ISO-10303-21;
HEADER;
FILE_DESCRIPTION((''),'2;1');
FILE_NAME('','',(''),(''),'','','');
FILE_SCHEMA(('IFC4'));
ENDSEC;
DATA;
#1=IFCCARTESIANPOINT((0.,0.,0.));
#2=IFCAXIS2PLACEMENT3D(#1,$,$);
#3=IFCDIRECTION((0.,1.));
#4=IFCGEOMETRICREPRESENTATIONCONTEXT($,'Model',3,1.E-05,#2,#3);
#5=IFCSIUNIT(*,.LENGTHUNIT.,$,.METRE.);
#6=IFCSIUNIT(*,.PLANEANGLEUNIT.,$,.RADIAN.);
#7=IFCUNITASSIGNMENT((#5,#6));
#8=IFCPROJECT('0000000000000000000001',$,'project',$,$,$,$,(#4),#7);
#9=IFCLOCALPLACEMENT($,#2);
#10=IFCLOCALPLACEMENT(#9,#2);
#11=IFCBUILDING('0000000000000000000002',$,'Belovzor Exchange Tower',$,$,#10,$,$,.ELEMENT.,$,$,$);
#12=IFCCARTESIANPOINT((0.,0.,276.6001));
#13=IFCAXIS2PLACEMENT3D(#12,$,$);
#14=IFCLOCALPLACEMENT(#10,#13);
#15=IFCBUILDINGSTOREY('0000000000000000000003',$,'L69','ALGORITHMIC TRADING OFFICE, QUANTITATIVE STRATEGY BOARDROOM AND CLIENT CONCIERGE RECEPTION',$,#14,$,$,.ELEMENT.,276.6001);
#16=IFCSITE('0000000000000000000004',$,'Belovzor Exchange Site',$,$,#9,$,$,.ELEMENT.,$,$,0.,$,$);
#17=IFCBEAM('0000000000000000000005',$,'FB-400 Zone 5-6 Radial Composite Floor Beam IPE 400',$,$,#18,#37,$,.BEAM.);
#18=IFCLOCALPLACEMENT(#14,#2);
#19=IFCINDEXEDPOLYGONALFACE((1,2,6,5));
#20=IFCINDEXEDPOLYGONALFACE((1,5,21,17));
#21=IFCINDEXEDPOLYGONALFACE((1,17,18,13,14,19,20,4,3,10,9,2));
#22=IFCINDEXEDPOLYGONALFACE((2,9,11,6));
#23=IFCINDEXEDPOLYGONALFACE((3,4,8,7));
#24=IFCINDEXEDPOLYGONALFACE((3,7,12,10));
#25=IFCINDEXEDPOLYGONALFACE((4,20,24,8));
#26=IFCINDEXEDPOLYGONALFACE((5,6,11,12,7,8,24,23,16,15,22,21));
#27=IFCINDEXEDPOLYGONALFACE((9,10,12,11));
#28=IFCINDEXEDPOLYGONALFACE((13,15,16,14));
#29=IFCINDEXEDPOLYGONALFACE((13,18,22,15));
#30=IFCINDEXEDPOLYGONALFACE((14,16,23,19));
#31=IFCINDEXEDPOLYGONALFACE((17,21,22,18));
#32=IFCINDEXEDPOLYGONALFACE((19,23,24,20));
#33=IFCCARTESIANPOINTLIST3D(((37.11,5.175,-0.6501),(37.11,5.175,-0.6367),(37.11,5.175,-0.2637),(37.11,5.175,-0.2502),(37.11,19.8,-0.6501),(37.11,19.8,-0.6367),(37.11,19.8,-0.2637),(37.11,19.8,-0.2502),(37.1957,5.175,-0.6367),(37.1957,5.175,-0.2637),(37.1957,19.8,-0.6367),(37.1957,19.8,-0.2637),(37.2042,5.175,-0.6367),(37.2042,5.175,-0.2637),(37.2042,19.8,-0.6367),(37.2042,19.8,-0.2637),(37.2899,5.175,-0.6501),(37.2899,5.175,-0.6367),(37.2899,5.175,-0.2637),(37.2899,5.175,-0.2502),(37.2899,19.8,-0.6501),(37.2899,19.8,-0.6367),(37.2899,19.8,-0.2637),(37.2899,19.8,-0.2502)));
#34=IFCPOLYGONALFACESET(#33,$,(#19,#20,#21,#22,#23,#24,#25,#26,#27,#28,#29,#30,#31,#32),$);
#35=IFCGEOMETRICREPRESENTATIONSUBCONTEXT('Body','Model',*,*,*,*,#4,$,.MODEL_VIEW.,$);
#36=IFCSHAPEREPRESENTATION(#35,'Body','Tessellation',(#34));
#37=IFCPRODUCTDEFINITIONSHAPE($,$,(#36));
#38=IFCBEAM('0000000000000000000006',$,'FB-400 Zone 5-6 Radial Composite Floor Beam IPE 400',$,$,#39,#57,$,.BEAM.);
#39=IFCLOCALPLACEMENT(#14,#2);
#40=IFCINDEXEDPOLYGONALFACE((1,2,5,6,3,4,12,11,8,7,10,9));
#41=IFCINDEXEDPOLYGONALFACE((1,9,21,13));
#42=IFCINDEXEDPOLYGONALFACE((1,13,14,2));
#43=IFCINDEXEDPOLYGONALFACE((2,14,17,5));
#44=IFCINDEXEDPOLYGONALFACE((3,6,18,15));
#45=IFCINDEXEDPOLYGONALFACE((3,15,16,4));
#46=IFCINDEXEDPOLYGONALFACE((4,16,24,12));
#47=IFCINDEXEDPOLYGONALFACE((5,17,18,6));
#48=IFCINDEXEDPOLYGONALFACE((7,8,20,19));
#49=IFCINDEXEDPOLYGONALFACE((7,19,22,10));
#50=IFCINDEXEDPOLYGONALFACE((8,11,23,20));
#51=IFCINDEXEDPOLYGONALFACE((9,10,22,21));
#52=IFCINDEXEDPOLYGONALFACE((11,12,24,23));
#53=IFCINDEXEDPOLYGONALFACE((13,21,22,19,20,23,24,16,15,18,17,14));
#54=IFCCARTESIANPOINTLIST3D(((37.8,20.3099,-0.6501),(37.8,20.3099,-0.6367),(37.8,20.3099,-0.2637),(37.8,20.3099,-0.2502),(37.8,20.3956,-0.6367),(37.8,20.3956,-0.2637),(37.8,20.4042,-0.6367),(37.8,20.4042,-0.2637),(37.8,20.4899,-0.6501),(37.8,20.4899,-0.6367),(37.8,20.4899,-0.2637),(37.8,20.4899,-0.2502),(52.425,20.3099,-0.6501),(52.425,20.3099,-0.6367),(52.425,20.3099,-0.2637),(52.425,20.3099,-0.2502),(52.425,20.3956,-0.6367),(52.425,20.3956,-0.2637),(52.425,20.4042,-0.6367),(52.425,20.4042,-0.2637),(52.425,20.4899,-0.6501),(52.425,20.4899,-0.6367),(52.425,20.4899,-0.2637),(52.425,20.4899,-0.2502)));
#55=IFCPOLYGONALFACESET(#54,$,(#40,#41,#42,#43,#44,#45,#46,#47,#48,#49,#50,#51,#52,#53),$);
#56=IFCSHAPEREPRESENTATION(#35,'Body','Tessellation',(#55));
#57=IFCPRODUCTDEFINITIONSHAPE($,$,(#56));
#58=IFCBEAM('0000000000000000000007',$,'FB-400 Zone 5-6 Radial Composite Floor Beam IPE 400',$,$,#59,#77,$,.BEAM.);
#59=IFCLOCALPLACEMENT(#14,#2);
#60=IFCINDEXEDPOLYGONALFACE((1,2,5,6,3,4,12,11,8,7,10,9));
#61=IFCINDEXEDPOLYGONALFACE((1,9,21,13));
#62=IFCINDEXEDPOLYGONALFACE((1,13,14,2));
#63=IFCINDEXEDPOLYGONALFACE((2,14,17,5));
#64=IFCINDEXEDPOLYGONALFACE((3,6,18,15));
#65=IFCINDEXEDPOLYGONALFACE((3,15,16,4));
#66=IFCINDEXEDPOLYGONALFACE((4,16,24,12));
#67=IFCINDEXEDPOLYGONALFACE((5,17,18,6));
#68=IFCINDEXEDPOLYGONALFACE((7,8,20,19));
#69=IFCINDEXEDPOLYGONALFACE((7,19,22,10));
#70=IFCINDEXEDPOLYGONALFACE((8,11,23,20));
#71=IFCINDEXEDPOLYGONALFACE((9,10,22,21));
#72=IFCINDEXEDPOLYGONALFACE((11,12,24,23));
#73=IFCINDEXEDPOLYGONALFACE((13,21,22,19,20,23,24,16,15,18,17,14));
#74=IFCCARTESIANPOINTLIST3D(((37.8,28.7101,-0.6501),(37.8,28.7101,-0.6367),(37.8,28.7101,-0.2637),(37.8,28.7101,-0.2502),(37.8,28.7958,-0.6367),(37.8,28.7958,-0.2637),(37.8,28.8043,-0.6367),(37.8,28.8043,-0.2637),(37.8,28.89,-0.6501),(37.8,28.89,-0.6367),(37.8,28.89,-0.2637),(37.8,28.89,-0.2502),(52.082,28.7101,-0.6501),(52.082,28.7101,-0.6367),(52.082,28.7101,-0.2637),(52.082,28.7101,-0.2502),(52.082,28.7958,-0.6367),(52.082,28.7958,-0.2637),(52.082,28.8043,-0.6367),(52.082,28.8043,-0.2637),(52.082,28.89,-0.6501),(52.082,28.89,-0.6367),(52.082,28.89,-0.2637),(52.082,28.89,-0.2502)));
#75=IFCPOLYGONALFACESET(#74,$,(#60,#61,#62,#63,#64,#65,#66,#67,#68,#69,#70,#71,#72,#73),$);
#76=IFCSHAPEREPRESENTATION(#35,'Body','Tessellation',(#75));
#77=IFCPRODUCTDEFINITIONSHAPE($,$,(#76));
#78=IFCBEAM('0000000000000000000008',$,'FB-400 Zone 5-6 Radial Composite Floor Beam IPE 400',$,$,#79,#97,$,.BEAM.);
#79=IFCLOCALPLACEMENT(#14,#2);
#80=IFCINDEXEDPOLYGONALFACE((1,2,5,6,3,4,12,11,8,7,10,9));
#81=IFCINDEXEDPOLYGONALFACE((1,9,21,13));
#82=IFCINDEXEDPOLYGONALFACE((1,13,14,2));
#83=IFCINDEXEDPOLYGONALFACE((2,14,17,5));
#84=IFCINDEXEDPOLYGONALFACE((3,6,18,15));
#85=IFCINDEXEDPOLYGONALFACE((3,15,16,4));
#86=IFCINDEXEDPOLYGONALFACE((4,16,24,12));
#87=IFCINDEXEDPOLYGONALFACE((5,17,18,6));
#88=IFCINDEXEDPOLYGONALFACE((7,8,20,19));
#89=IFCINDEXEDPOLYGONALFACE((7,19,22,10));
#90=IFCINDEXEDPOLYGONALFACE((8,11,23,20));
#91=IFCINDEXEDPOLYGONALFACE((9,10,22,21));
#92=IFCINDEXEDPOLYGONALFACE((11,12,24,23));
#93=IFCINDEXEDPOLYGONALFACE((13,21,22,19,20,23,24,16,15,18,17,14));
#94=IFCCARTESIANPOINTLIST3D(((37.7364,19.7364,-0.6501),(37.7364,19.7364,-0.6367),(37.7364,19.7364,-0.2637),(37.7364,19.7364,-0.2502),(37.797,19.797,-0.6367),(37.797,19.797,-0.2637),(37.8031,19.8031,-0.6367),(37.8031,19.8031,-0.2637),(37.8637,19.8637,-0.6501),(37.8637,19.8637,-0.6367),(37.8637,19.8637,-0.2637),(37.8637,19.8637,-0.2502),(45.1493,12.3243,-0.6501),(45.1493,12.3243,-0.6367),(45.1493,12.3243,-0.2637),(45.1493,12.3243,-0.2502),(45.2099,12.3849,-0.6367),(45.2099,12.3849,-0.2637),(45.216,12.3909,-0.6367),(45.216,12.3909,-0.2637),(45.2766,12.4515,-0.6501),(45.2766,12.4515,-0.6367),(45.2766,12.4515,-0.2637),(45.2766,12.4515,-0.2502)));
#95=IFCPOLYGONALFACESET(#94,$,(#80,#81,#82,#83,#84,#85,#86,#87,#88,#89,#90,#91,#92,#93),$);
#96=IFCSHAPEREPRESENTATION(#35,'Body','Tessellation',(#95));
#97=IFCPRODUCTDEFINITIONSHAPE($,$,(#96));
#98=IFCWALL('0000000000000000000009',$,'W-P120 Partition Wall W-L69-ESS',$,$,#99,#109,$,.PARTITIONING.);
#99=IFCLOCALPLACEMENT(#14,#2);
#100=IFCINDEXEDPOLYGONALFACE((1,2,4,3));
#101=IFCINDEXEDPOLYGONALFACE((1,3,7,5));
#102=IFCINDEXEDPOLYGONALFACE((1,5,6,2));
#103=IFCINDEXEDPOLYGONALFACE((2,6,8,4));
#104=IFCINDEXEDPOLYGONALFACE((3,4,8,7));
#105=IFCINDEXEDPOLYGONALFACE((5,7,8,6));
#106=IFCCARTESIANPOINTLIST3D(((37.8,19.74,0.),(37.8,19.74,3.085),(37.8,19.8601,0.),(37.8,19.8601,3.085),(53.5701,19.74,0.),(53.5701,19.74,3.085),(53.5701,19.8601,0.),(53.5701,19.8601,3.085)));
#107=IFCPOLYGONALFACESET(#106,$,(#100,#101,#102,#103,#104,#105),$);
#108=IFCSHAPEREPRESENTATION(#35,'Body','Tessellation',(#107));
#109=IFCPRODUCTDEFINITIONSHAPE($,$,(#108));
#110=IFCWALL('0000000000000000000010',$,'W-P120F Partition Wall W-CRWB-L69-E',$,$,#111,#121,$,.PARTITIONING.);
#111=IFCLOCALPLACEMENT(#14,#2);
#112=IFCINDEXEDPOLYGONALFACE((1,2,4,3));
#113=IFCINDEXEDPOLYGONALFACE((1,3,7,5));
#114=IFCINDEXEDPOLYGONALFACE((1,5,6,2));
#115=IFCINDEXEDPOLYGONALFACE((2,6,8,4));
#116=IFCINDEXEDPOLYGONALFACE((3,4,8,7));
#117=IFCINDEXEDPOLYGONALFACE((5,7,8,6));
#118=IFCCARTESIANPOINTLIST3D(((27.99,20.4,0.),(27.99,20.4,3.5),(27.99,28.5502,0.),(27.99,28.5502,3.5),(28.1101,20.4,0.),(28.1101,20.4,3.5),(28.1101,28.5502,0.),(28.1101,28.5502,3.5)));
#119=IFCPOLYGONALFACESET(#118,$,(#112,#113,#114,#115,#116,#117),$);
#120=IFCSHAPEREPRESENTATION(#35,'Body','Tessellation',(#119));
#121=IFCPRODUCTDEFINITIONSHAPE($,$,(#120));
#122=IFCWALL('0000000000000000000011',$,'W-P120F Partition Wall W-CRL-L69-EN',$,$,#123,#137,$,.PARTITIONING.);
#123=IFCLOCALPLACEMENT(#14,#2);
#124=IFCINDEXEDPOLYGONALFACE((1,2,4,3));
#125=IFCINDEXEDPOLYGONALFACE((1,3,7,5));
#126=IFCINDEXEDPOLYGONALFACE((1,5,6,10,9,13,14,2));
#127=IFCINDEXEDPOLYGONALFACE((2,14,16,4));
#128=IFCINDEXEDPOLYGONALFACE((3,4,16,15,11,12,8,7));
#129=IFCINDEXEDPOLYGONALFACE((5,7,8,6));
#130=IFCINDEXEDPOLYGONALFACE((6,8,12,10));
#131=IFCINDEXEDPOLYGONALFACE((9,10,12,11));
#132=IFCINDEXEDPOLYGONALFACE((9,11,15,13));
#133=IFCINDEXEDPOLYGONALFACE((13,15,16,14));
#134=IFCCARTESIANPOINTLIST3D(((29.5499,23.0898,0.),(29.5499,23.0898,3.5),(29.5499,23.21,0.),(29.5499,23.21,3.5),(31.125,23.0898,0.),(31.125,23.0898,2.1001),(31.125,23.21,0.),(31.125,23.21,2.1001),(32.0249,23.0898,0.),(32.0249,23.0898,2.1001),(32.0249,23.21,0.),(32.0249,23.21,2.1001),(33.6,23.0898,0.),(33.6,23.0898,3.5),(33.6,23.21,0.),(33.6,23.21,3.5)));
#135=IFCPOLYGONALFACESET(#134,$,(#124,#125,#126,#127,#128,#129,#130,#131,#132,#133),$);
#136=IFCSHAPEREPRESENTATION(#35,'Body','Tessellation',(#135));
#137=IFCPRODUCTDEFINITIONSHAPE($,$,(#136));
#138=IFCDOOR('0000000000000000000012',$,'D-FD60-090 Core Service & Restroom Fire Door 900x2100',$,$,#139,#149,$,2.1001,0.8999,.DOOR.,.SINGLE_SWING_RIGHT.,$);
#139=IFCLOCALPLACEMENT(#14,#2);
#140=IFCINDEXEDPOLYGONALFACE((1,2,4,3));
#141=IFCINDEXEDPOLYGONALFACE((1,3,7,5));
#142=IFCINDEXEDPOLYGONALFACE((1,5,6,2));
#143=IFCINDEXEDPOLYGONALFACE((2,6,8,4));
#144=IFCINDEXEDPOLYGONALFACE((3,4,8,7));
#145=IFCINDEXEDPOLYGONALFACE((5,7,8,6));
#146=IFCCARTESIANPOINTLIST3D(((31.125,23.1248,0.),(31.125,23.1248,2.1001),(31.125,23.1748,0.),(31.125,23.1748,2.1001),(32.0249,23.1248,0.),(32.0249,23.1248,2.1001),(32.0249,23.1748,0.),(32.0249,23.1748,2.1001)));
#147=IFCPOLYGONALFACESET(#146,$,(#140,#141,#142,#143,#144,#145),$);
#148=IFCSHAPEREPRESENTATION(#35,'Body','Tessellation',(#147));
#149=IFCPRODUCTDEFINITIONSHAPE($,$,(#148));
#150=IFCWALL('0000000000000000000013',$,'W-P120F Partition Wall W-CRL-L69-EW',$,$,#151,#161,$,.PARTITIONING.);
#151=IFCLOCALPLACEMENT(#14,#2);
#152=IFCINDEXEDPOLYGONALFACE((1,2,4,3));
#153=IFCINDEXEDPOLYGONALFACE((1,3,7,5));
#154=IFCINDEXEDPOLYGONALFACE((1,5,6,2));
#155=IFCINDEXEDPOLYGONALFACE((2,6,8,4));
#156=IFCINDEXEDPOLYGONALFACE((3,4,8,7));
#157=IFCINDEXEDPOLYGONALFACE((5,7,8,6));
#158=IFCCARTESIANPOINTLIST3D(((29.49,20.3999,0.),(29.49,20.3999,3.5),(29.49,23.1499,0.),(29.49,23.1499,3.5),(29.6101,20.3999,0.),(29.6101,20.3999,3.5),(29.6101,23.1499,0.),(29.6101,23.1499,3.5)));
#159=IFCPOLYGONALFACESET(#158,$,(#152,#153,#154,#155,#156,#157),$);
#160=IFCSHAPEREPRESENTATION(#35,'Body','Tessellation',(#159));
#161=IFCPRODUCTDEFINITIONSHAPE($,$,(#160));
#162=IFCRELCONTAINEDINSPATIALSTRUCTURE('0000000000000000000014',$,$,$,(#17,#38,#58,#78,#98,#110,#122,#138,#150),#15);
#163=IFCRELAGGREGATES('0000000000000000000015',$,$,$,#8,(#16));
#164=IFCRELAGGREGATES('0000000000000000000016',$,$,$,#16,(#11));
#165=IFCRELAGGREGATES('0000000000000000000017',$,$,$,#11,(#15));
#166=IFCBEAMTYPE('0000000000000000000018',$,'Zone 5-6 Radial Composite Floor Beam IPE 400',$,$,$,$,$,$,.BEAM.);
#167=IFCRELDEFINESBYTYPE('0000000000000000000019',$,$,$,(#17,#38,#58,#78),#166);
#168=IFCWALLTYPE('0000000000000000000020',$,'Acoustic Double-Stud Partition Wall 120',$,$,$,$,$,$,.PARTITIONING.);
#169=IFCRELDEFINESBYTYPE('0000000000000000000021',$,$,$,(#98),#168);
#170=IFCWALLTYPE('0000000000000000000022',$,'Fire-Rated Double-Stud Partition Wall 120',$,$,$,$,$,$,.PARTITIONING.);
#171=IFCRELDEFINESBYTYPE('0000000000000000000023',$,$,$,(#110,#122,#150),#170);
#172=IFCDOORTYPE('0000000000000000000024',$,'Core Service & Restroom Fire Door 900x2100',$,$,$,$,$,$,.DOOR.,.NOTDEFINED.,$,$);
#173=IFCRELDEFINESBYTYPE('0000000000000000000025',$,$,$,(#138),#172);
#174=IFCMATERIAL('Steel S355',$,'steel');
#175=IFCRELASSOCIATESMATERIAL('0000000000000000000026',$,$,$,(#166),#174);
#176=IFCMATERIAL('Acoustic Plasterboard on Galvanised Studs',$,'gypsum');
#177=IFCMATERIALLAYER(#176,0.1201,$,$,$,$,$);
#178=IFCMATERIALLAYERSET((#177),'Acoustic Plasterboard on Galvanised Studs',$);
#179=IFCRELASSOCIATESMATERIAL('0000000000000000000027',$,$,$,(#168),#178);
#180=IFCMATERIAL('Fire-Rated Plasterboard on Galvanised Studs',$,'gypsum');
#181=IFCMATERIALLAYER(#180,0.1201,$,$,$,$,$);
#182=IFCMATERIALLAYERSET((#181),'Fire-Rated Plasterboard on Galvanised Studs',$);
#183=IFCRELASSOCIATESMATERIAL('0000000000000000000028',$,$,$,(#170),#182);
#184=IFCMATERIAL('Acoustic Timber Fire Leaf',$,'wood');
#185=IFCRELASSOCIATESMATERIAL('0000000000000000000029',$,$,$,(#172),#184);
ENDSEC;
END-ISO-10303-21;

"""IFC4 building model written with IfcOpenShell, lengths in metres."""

from ifc_helpers import new_model, si_unit, direction, frame, frame_2d, origin, origin_2d, place, context, subcontext, project, spatial, rectangle, i_section, extrude, material, layer, layer_set, material_profile, profile_set, type_object, element, fill, save


model = new_model("IFC4")

# Units and contexts
model_context = context("Model", 3, precision=1e-05, world=origin(), true_north=direction((0.0, 1.0)))
body_context = subcontext(model_context, "Body", "Model", "MODEL_VIEW")
ifc_project = project(units=[si_unit("LENGTHUNIT", "METRE"), si_unit("PLANEANGLEUNIT", "RADIAN")], contexts=[model_context])

# Site, building, storey
site_placement = place(None, origin())
site = spatial("IfcSite", under=ifc_project, at=site_placement, Name="Belovzor Exchange Site", CompositionType="ELEMENT", RefElevation=0.0)
building_placement = place(site_placement, origin())
building = spatial("IfcBuilding", under=site, at=building_placement, Name="Belovzor Exchange Tower", CompositionType="ELEMENT")
storey_placement = place(building_placement, frame((0.0, 0.0, 276.6001)))
storey = spatial("IfcBuildingStorey", under=building, at=storey_placement, Name="L69", Description="ALGORITHMIC TRADING OFFICE, QUANTITATIVE STRATEGY BOARDROOM AND CLIENT CONCIERGE RECEPTION", CompositionType="ELEMENT", Elevation=276.6001)

# Beams
ifc_material_1 = material(Name="Steel S355", Category="steel")
ifc_material_profile = material_profile(ifc_material_1, i_section(OverallWidth=0.1799, OverallDepth=0.3999, WebThickness=0.0085, FlangeThickness=0.0134, at=origin_2d()))
ifc_profile_set = profile_set([ifc_material_profile], Name="Steel S355")
beam_type = type_object("IfcBeamType", Name="Zone 5-6 Radial Composite Floor Beam IPE 400", PredefinedType="BEAM", material=ifc_profile_set)
for number, where, z_axis, x_axis, name in (
    (1, (37.2, 19.8, -0.4502), (0.0, -1.0, 0.0), (1.0, 0.0, 0.0), "FB-400 Zone 5-6 Radial Composite Floor Beam IPE 400"),
    (2, (37.8, 20.3999, -0.4502), (1.0, 0.0, 0.0), (0.0, 1.0, 0.0), "FB-400 Zone 5-6 Radial Composite Floor Beam IPE 400"),
):
    element("IfcBeam", number, at=place(storey_placement, frame(where, z_axis=z_axis, x_axis=x_axis)), inside=storey, type_object=beam_type, Name=name, PredefinedType="BEAM", context=body_context, shape_type="SweptSolid", body=[
        extrude(i_section(OverallWidth=0.1799, OverallDepth=0.3999, WebThickness=0.0085, FlangeThickness=0.0134, at=origin_2d()), origin(), (0.0, 0.0, 1.0), 14.625),
    ])
beam_1_placement = place(storey_placement, frame((37.8, 28.8, -0.4502), z_axis=(1.0, 0.0, 0.0), x_axis=(0.0, 1.0, 0.0)))
element("IfcBeam", 3, at=beam_1_placement, inside=storey, type_object=beam_type, Name="FB-400 Zone 5-6 Radial Composite Floor Beam IPE 400", PredefinedType="BEAM", context=body_context, shape_type="SweptSolid", body=[
    extrude(i_section(OverallWidth=0.1799, OverallDepth=0.3999, WebThickness=0.0085, FlangeThickness=0.0134, at=origin_2d()), origin(), (0.0, 0.0, 1.0), 14.282),
])
beam_2_placement = place(storey_placement, frame((37.8, 19.8, -0.4502), z_axis=(0.707142, -0.707072, 0.0), x_axis=(0.707072, 0.707142, 0.0)))
element("IfcBeam", 4, at=beam_2_placement, inside=storey, type_object=beam_type, Name="FB-400 Zone 5-6 Radial Composite Floor Beam IPE 400", PredefinedType="BEAM", context=body_context, shape_type="SweptSolid", body=[
    extrude(i_section(OverallWidth=0.1799, OverallDepth=0.3999, WebThickness=0.0085, FlangeThickness=0.0134, at=origin_2d()), origin(), (0.0, 0.0, 1.0), 10.4829),
])

# Walls
ifc_material_2 = material(Name="Acoustic Plasterboard on Galvanised Studs", Category="gypsum")
ifc_layer_1 = layer(ifc_material_2, 0.1201)
ifc_layer_set_1 = layer_set([ifc_layer_1], Name="Acoustic Plasterboard on Galvanised Studs")
wall_type_1 = type_object("IfcWallType", Name="Acoustic Double-Stud Partition Wall 120", PredefinedType="PARTITIONING", material=ifc_layer_set_1)
wall_1_placement = place(storey_placement, frame((37.8, 19.8, 0.0), z_axis=(0.0, 0.0, 1.0), x_axis=(1.0, 0.0, 0.0)))
element("IfcWall", 5, at=wall_1_placement, inside=storey, type_object=wall_type_1, Name="W-P120 Partition Wall W-L69-ESS", PredefinedType="PARTITIONING", context=body_context, shape_type="SweptSolid", body=[
    extrude(rectangle(XDim=15.77, YDim=0.1201, at=frame_2d((7.885, 0.0))), origin(), (0.0, 0.0, 1.0), 3.085),
])
ifc_material_3 = material(Name="Fire-Rated Plasterboard on Galvanised Studs", Category="gypsum")
ifc_layer_2 = layer(ifc_material_3, 0.1201)
ifc_layer_set_2 = layer_set([ifc_layer_2], Name="Fire-Rated Plasterboard on Galvanised Studs")
wall_type_2 = type_object("IfcWallType", Name="Fire-Rated Double-Stud Partition Wall 120", PredefinedType="PARTITIONING", material=ifc_layer_set_2)
wall_2_placement = place(storey_placement, frame((28.05, 20.3999, 0.0), z_axis=(0.0, 0.0, 1.0), x_axis=(0.0, 1.0, 0.0)))
element("IfcWall", 6, at=wall_2_placement, inside=storey, type_object=wall_type_2, Name="W-P120F Partition Wall W-CRWB-L69-E", PredefinedType="PARTITIONING", context=body_context, shape_type="SweptSolid", body=[
    extrude(rectangle(XDim=8.1501, YDim=0.1201, at=frame_2d((4.0752, 0.0))), origin(), (0.0, 0.0, 1.0), 3.5),
])

# Wall, opening, door
wall_3_placement = place(storey_placement, frame((29.55, 23.1499, 0.0), z_axis=(0.0, 0.0, 1.0), x_axis=(1.0, 0.0, 0.0)))
wall_3 = element("IfcWall", 7, at=wall_3_placement, inside=storey, type_object=wall_type_2, Name="W-P120F Partition Wall W-CRL-L69-EN", PredefinedType="PARTITIONING", context=body_context, shape_type="SweptSolid", body=[
    extrude(rectangle(XDim=4.05, YDim=0.1201, at=frame_2d((2.0249, 0.0))), origin(), (0.0, 0.0, 1.0), 3.5),
])
opening_1_placement = place(wall_3_placement, frame((1.575, 0.0, 0.0)))
opening_1 = element("IfcOpeningElement", 8, at=opening_1_placement, cuts=wall_3, PredefinedType="OPENING", context=body_context, shape_type="SweptSolid", body=[
    extrude(rectangle(XDim=0.8999, YDim=2.1001, at=frame_2d((0.45, 1.05))), frame((0.0, 0.0701, 0.0), z_axis=(0.0, -1.0, 0.0), x_axis=(1.0, 0.0, 0.0)), (0.0, 0.0, 1.0), 0.1401),
])
ifc_material_4 = material(Name="Acoustic Timber Fire Leaf", Category="wood")
door_type_1 = type_object("IfcDoorType", Name="Core Service & Restroom Fire Door 900x2100", OperationType="NOTDEFINED", PredefinedType="DOOR", material=ifc_material_4)
door_1_placement = place(opening_1_placement, origin())
door_1 = element("IfcDoor", 9, at=door_1_placement, inside=storey, type_object=door_type_1, Name="D-FD60-090 Core Service & Restroom Fire Door 900x2100", OperationType="SINGLE_SWING_RIGHT", OverallHeight=2.1001, OverallWidth=0.8999, PredefinedType="DOOR", context=body_context, shape_type="SweptSolid", body=[
    extrude(rectangle(XDim=0.8999, YDim=2.1001, at=frame_2d((0.45, 1.05))), frame((0.0, 0.0249, 0.0), z_axis=(0.0, -1.0, 0.0), x_axis=(1.0, 0.0, 0.0)), (0.0, 0.0, 1.0), 0.05),
])
fill(opening_1, door_1)

# Wall
wall_4_placement = place(storey_placement, frame((29.55, 20.3999, 0.0), z_axis=(0.0, 0.0, 1.0), x_axis=(0.0, 1.0, 0.0)))
element("IfcWall", 10, at=wall_4_placement, inside=storey, type_object=wall_type_2, Name="W-P120F Partition Wall W-CRL-L69-EW", PredefinedType="PARTITIONING", context=body_context, shape_type="SweptSolid", body=[
    extrude(rectangle(XDim=2.75, YDim=0.1201, at=frame_2d((1.375, 0.0))), origin(), (0.0, 0.0, 1.0), 3.5),
])

save(model, "model.ifc")
